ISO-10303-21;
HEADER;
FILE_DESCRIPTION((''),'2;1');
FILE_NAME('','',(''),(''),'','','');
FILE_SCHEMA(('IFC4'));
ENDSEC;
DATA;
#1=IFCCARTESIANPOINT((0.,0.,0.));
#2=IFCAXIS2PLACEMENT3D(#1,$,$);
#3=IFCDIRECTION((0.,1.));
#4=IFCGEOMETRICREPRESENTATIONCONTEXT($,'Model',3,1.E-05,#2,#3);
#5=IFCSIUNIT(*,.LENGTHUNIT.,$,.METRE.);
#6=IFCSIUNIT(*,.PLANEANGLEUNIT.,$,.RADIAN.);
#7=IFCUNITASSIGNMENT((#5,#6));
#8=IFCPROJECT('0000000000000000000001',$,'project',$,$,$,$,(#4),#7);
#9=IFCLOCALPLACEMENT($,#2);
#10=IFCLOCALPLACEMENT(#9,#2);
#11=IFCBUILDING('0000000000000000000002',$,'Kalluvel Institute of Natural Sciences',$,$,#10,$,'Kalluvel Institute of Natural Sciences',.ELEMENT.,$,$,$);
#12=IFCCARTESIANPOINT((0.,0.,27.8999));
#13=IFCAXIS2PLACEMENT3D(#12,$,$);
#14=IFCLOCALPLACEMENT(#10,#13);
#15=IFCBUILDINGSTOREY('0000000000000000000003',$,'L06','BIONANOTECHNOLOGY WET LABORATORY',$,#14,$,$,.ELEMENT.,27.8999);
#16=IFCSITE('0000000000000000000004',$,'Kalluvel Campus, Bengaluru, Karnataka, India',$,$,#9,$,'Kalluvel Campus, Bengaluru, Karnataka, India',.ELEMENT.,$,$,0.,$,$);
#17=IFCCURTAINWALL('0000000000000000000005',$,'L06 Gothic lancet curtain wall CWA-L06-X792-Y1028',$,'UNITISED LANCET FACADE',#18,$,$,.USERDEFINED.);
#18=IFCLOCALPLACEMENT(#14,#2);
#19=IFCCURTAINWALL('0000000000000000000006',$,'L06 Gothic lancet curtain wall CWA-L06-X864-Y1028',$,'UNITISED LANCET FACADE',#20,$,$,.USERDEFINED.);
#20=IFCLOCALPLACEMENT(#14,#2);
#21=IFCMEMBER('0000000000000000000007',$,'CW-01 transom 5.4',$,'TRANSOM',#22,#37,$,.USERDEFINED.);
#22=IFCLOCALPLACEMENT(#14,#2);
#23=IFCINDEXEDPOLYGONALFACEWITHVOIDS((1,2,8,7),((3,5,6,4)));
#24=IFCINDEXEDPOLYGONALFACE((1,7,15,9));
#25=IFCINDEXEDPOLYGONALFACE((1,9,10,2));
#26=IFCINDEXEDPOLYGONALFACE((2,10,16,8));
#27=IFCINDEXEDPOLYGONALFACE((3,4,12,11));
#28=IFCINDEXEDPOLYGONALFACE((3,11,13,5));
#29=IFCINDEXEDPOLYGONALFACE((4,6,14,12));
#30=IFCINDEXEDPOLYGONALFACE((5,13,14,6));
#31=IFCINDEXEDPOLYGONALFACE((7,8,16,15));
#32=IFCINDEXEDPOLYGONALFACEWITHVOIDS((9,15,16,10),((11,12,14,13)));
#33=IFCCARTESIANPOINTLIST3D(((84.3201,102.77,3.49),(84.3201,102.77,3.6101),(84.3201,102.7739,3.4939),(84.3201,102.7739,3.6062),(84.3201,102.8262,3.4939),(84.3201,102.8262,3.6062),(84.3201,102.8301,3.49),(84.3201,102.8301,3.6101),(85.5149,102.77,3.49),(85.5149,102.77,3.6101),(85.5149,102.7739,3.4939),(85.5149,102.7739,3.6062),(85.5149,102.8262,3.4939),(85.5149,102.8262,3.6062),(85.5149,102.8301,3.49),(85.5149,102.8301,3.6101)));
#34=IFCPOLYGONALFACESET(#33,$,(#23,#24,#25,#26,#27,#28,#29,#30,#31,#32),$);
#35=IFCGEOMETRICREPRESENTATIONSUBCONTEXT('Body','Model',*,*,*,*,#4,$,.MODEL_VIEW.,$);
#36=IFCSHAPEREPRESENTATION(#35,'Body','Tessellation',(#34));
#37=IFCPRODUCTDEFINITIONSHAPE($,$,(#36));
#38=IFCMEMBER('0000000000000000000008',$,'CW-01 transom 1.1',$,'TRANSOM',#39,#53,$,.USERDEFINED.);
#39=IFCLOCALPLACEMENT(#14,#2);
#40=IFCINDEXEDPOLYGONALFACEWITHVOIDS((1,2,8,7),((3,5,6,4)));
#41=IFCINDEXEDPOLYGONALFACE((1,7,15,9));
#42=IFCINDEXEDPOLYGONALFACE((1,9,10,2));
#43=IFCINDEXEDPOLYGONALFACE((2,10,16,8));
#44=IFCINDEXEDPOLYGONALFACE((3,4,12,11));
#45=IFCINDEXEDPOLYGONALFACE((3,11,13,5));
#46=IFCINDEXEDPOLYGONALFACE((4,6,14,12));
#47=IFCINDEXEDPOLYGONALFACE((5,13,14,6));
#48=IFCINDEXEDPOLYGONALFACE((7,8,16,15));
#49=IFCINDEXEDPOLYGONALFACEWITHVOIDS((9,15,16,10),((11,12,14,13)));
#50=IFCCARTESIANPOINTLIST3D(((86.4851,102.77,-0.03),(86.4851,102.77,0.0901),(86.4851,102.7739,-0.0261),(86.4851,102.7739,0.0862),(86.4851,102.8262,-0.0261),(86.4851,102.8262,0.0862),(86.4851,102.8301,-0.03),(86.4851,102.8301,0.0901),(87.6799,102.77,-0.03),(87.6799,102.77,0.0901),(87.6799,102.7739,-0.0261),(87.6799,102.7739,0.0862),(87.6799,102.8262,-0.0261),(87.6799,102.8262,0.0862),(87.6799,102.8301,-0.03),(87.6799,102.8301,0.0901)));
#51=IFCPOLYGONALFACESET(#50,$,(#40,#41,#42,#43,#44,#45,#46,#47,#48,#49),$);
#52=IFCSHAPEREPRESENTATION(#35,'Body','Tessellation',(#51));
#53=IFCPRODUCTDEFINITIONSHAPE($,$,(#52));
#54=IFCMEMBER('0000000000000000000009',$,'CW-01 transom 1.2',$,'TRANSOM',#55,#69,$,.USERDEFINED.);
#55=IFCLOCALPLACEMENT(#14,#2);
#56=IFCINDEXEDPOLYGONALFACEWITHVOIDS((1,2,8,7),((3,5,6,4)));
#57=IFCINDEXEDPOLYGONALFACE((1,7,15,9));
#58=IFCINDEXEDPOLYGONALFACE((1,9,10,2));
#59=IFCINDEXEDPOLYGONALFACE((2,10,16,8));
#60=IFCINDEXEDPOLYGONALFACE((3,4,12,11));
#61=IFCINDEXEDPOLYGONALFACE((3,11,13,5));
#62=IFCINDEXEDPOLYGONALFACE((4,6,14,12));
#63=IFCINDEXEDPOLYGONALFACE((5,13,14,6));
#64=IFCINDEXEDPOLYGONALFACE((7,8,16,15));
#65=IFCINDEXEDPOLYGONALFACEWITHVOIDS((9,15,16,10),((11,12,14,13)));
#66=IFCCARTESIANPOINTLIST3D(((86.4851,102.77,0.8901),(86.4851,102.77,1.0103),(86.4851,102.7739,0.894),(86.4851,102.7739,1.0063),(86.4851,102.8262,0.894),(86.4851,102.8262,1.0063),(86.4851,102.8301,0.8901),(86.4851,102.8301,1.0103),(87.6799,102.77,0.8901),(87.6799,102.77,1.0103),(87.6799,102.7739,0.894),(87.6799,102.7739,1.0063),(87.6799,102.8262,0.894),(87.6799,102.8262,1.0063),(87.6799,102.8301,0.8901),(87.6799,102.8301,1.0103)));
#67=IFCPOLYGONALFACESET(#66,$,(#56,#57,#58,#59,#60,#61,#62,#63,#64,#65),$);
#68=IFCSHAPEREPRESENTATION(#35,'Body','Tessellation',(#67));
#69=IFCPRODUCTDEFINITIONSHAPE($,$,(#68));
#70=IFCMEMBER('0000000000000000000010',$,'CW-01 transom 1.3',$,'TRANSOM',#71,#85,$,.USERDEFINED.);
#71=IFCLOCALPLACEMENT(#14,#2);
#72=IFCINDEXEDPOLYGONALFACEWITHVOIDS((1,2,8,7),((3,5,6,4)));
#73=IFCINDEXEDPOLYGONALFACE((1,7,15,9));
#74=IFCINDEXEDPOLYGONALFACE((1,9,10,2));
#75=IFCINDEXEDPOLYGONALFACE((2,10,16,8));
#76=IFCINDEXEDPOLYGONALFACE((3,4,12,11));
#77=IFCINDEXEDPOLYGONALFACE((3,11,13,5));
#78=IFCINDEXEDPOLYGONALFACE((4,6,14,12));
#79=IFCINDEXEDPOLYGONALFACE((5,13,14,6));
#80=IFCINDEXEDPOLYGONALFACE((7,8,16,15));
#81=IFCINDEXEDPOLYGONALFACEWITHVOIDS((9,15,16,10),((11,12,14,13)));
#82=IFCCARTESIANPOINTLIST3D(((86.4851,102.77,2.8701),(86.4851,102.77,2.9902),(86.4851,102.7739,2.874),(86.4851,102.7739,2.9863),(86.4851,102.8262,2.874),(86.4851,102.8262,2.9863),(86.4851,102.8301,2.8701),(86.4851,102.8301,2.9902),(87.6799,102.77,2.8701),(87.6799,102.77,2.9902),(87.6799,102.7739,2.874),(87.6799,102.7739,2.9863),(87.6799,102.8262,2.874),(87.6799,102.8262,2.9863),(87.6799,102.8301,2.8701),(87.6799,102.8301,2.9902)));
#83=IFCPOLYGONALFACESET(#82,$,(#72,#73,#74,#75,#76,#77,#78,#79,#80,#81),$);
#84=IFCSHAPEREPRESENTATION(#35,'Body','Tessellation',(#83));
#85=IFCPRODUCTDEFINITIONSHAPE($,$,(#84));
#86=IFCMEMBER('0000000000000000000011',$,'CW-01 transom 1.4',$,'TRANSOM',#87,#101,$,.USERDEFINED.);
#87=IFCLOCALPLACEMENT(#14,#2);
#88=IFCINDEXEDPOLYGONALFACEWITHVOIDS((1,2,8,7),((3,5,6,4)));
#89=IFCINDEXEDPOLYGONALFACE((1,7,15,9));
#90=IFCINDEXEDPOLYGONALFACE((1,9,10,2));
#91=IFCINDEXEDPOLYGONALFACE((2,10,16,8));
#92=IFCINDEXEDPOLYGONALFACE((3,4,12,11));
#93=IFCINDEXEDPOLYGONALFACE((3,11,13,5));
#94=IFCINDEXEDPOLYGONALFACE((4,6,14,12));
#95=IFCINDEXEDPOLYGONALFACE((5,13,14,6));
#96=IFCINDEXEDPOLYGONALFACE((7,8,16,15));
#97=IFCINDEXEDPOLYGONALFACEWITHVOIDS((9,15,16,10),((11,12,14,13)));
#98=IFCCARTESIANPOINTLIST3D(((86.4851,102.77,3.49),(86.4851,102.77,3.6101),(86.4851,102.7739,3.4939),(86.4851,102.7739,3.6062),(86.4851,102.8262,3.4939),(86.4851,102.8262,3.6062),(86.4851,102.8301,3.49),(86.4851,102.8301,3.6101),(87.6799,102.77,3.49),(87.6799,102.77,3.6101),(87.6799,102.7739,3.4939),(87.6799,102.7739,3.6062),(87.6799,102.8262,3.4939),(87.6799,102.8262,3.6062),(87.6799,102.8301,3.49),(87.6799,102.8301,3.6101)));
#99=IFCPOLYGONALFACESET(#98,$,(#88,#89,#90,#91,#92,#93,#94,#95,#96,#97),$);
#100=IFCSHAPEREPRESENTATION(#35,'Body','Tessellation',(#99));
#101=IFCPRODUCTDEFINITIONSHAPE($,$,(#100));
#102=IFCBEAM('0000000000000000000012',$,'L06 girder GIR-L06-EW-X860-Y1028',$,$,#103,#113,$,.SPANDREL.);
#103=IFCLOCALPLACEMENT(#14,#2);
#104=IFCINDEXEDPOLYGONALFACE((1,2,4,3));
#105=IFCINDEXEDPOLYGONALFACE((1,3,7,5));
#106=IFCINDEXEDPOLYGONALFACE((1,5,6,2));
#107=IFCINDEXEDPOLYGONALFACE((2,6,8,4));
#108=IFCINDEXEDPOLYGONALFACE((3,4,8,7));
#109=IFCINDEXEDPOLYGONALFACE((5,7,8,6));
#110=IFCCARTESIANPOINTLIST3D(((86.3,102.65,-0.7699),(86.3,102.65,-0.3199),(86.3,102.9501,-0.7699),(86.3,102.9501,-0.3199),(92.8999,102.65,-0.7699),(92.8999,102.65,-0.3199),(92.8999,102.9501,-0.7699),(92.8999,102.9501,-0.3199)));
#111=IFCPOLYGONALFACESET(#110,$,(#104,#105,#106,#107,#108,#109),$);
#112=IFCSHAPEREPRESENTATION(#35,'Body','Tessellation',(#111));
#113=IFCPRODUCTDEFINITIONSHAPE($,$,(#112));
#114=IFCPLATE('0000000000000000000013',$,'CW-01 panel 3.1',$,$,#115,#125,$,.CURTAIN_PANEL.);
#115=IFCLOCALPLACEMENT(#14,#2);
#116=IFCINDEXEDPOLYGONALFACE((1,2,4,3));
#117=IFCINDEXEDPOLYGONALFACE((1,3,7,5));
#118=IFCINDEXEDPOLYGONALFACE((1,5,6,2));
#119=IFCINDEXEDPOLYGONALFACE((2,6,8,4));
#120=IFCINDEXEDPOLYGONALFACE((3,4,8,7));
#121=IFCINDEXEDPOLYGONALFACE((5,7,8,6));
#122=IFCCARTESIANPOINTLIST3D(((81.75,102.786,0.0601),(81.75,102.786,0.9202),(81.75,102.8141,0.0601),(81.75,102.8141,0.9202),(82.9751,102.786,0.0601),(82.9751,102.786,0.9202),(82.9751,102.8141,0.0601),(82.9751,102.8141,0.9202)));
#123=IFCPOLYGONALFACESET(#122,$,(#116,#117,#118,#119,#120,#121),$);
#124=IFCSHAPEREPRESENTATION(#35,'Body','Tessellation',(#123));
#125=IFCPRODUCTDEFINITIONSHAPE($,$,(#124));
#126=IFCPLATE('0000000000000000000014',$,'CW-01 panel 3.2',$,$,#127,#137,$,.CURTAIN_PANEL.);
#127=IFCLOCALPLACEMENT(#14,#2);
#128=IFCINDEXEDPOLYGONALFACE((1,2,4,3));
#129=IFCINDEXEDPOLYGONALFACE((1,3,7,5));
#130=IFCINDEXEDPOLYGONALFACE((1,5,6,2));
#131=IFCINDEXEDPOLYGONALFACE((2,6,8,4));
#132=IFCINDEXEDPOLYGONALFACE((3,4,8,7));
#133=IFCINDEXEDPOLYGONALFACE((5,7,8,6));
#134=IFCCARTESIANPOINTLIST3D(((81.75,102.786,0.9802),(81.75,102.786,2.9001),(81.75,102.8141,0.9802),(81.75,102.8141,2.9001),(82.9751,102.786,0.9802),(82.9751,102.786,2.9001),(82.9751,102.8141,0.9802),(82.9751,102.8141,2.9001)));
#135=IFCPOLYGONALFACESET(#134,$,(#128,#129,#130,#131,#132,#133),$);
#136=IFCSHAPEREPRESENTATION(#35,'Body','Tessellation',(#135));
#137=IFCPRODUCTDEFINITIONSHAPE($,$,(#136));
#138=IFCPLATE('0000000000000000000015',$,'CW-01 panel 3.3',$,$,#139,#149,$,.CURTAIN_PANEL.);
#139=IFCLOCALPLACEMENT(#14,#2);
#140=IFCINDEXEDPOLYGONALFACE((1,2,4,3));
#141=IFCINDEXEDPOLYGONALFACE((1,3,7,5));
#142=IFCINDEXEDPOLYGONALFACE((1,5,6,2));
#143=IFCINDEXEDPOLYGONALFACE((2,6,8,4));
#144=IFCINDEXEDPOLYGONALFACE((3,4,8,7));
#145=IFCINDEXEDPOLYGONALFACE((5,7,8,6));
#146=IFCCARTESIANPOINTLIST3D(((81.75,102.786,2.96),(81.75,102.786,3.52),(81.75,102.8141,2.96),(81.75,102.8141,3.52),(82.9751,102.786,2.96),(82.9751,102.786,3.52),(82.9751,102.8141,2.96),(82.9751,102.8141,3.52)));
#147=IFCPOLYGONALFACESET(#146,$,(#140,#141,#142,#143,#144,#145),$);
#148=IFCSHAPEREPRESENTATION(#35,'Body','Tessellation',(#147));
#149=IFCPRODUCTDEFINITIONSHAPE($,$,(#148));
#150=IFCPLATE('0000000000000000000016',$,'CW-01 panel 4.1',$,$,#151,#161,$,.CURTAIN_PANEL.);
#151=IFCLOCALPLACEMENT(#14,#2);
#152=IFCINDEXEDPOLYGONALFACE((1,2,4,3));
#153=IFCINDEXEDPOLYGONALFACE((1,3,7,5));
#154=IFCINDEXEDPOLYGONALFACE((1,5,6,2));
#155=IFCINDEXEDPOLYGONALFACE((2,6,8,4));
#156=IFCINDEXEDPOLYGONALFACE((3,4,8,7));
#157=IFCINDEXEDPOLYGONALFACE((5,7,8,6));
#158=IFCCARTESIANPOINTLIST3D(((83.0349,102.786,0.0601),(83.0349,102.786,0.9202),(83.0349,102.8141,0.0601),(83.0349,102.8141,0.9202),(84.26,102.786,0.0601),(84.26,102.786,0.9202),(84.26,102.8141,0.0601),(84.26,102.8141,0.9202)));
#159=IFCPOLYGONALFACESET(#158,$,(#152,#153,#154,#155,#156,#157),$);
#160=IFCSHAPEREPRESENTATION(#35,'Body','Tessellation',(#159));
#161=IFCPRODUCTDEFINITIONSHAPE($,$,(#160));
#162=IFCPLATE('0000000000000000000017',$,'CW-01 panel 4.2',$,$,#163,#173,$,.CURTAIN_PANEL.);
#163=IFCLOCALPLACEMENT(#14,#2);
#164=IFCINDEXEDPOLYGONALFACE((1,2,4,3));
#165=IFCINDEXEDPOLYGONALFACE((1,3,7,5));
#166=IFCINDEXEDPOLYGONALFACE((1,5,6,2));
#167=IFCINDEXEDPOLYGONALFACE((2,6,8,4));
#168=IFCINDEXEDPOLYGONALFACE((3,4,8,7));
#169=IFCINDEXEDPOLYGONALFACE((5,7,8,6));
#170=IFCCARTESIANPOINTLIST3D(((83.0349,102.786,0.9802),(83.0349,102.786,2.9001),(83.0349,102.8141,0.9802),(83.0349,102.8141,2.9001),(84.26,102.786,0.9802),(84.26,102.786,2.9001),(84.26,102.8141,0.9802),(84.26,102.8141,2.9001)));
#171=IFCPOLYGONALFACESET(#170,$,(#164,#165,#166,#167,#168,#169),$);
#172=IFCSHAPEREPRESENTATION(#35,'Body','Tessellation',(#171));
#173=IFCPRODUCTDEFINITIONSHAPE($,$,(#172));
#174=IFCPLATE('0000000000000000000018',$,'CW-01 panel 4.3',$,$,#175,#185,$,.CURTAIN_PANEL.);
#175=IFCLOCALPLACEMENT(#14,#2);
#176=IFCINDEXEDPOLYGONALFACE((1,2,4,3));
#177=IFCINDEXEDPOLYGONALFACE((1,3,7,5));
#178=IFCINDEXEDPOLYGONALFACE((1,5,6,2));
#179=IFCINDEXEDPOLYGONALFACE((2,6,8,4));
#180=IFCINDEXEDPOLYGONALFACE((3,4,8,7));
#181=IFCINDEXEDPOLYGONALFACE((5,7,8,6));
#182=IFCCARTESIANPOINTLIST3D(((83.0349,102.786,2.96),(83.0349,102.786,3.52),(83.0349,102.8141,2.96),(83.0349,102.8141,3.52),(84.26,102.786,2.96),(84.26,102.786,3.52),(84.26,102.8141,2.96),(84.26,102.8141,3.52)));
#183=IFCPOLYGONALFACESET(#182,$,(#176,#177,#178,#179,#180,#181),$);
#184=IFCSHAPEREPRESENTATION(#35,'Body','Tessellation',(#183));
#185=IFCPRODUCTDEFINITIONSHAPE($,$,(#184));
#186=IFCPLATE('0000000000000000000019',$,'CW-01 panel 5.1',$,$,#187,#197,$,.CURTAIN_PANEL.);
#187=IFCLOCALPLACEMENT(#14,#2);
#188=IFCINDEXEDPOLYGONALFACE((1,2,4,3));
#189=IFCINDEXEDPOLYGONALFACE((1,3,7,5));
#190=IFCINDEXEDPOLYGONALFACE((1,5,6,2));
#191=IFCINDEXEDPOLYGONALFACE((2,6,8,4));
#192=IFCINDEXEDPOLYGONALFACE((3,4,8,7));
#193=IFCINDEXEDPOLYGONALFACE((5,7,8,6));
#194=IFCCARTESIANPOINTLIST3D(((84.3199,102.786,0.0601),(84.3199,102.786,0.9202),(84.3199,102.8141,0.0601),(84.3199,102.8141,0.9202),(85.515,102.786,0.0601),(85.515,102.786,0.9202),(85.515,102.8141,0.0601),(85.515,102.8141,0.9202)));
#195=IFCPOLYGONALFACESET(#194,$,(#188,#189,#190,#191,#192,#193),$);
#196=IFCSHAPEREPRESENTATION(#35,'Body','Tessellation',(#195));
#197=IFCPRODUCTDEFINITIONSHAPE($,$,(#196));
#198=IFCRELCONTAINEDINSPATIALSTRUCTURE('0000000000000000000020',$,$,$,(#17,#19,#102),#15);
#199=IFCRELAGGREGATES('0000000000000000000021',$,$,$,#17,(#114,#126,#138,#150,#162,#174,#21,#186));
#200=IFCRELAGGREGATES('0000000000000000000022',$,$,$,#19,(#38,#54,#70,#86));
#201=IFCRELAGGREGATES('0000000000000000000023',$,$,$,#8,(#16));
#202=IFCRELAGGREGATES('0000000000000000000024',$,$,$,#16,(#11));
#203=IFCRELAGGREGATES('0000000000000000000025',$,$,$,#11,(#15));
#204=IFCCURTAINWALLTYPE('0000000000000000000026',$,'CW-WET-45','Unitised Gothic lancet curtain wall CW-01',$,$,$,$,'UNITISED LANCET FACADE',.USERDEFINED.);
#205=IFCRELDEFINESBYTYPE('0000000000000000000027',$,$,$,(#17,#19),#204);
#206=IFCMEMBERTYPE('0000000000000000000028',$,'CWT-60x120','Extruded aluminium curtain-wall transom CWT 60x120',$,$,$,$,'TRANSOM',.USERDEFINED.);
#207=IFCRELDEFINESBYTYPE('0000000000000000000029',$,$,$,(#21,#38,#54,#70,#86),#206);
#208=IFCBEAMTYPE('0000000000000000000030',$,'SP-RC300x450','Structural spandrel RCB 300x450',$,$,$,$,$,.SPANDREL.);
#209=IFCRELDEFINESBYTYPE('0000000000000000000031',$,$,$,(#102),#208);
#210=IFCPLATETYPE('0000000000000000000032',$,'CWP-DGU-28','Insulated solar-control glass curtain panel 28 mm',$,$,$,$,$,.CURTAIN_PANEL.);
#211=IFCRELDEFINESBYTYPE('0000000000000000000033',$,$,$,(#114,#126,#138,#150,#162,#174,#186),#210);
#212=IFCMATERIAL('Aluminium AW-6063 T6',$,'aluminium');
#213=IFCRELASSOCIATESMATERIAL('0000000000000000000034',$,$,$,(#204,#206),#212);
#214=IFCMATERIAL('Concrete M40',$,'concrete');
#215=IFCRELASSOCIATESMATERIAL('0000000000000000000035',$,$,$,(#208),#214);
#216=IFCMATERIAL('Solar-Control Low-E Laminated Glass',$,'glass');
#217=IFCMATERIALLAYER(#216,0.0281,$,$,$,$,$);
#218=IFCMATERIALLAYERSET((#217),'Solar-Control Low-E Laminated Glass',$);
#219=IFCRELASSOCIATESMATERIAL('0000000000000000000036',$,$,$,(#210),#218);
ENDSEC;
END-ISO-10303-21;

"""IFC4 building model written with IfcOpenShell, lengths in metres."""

from ifc_helpers import new_model, si_unit, direction, frame, origin, origin_2d, place, context, subcontext, project, spatial, rectangle, hollow_rectangle, extrude, material, layer, layer_set, material_profile, profile_set, type_object, element, aggregate, save


model = new_model("IFC4")

# Units and contexts
model_context = context("Model", 3, precision=1e-05, world=origin(), true_north=direction((0.0, 1.0)))
body_context = subcontext(model_context, "Body", "Model", "MODEL_VIEW")
ifc_project = project(units=[si_unit("LENGTHUNIT", "METRE"), si_unit("PLANEANGLEUNIT", "RADIAN")], contexts=[model_context])

# Site, building, storey
site_placement = place(None, origin())
site = spatial("IfcSite", under=ifc_project, at=site_placement, Name="Kalluvel Campus, Bengaluru, Karnataka, India", LongName="Kalluvel Campus, Bengaluru, Karnataka, India", CompositionType="ELEMENT", RefElevation=0.0)
building_placement = place(site_placement, origin())
building = spatial("IfcBuilding", under=site, at=building_placement, Name="Kalluvel Institute of Natural Sciences", LongName="Kalluvel Institute of Natural Sciences", CompositionType="ELEMENT")
storey_placement = place(building_placement, frame((0.0, 0.0, 27.8999)))
storey = spatial("IfcBuildingStorey", under=building, at=storey_placement, Name="L06", Description="BIONANOTECHNOLOGY WET LABORATORY", CompositionType="ELEMENT", Elevation=27.8999)

# Curtain wall
ifc_material_1 = material(Name="Aluminium AW-6063 T6", Category="aluminium")
curtain_wall_type = type_object("IfcCurtainWallType", Name="CW-WET-45", Description="Unitised Gothic lancet curtain wall CW-01", ElementType="UNITISED LANCET FACADE", PredefinedType="USERDEFINED", material=ifc_material_1)
curtain_wall_1_placement = place(storey_placement, origin())
curtain_wall_1 = element("IfcCurtainWall", 1, at=curtain_wall_1_placement, inside=storey, type_object=curtain_wall_type, Name="L06 Gothic lancet curtain wall CWA-L06-X792-Y1028", ObjectType="UNITISED LANCET FACADE", PredefinedType="USERDEFINED")

# Curtain wall
curtain_wall_2_placement = place(storey_placement, origin())
curtain_wall_2 = element("IfcCurtainWall", 2, at=curtain_wall_2_placement, inside=storey, type_object=curtain_wall_type, Name="L06 Gothic lancet curtain wall CWA-L06-X864-Y1028", ObjectType="UNITISED LANCET FACADE", PredefinedType="USERDEFINED")

# Members
ifc_material_profile_1 = material_profile(ifc_material_1, hollow_rectangle(XDim=0.0601, YDim=0.1201, WallThickness=0.0039, at=origin_2d()), Name="CWT 60x120")
ifc_profile_set_1 = profile_set([ifc_material_profile_1], Name="Aluminium AW-6063 T6")
member_type_1 = type_object("IfcMemberType", Name="CWT-60x120", Description="Extruded aluminium curtain-wall transom CWT 60x120", ElementType="TRANSOM", PredefinedType="USERDEFINED", material=ifc_profile_set_1)
member_1_placement = place(storey_placement, frame((84.3201, 102.8, 3.55), z_axis=(1.0, 0.0, 0.0), x_axis=(0.0, 1.0, 0.0)))
member_1 = element("IfcMember", 3, at=member_1_placement, type_object=member_type_1, Name="CW-01 transom 5.4", ObjectType="TRANSOM", PredefinedType="USERDEFINED", context=body_context, shape_type="SweptSolid", body=[
    extrude(hollow_rectangle(XDim=0.0601, YDim=0.1201, WallThickness=0.0039, at=origin_2d()), origin(), (0.0, 0.0, 1.0), 1.1948),
])
member_2_placement = place(storey_placement, frame((86.4851, 102.8, 0.03), z_axis=(1.0, 0.0, 0.0), x_axis=(0.0, 1.0, 0.0)))
member_2 = element("IfcMember", 4, at=member_2_placement, type_object=member_type_1, Name="CW-01 transom 1.1", ObjectType="TRANSOM", PredefinedType="USERDEFINED", context=body_context, shape_type="SweptSolid", body=[
    extrude(hollow_rectangle(XDim=0.0601, YDim=0.1201, WallThickness=0.0039, at=origin_2d()), origin(), (0.0, 0.0, 1.0), 1.1948),
])
member_3_placement = place(storey_placement, frame((86.4851, 102.8, 0.9502), z_axis=(1.0, 0.0, 0.0), x_axis=(0.0, 1.0, 0.0)))
member_3 = element("IfcMember", 5, at=member_3_placement, type_object=member_type_1, Name="CW-01 transom 1.2", ObjectType="TRANSOM", PredefinedType="USERDEFINED", context=body_context, shape_type="SweptSolid", body=[
    extrude(hollow_rectangle(XDim=0.0601, YDim=0.1201, WallThickness=0.0039, at=origin_2d()), origin(), (0.0, 0.0, 1.0), 1.1948),
])
member_4_placement = place(storey_placement, frame((86.4851, 102.8, 2.9302), z_axis=(1.0, 0.0, 0.0), x_axis=(0.0, 1.0, 0.0)))
member_4 = element("IfcMember", 6, at=member_4_placement, type_object=member_type_1, Name="CW-01 transom 1.3", ObjectType="TRANSOM", PredefinedType="USERDEFINED", context=body_context, shape_type="SweptSolid", body=[
    extrude(hollow_rectangle(XDim=0.0601, YDim=0.1201, WallThickness=0.0039, at=origin_2d()), origin(), (0.0, 0.0, 1.0), 1.1948),
])
member_5_placement = place(storey_placement, frame((86.4851, 102.8, 3.55), z_axis=(1.0, 0.0, 0.0), x_axis=(0.0, 1.0, 0.0)))
member_5 = element("IfcMember", 7, at=member_5_placement, type_object=member_type_1, Name="CW-01 transom 1.4", ObjectType="TRANSOM", PredefinedType="USERDEFINED", context=body_context, shape_type="SweptSolid", body=[
    extrude(hollow_rectangle(XDim=0.0601, YDim=0.1201, WallThickness=0.0039, at=origin_2d()), origin(), (0.0, 0.0, 1.0), 1.1948),
])

# Beam
ifc_material_2 = material(Name="Concrete M40", Category="concrete")
ifc_material_profile_2 = material_profile(ifc_material_2, rectangle(XDim=0.3, YDim=0.45, at=origin_2d()), Name="RCB 300x450")
ifc_profile_set_2 = profile_set([ifc_material_profile_2], Name="Concrete M40")
beam_type = type_object("IfcBeamType", Name="SP-RC300x450", Description="Structural spandrel RCB 300x450", PredefinedType="SPANDREL", material=ifc_profile_set_2)
beam_placement = place(storey_placement, frame((86.3, 102.8, -0.5449), z_axis=(1.0, 0.0, 0.0), x_axis=(0.0, 1.0, 0.0)))
element("IfcBeam", 8, at=beam_placement, inside=storey, type_object=beam_type, Name="L06 girder GIR-L06-EW-X860-Y1028", PredefinedType="SPANDREL", context=body_context, shape_type="SweptSolid", body=[
    extrude(rectangle(XDim=0.3, YDim=0.45, at=origin_2d()), origin(), (0.0, 0.0, 1.0), 6.5999),
])

# Plates
ifc_material_3 = material(Name="Solar-Control Low-E Laminated Glass", Category="glass")
ifc_layer = layer(ifc_material_3, 0.0281)
ifc_layer_set = layer_set([ifc_layer], Name="Solar-Control Low-E Laminated Glass")
plate_type = type_object("IfcPlateType", Name="CWP-DGU-28", Description="Insulated solar-control glass curtain panel 28 mm", PredefinedType="CURTAIN_PANEL", material=ifc_layer_set)
plate_1_placement = place(storey_placement, frame((82.3625, 102.8, 0.0601), z_axis=(0.0, 0.0, 1.0), x_axis=(1.0, 0.0, 0.0)))
plate_1 = element("IfcPlate", 9, at=plate_1_placement, type_object=plate_type, Name="CW-01 panel 3.1", PredefinedType="CURTAIN_PANEL", context=body_context, shape_type="SweptSolid", body=[
    extrude(rectangle(XDim=1.2251, YDim=0.0281, at=origin_2d()), origin(), (0.0, 0.0, 1.0), 0.8601),
])
plate_2_placement = place(storey_placement, frame((82.3625, 102.8, 0.9802), z_axis=(0.0, 0.0, 1.0), x_axis=(1.0, 0.0, 0.0)))
plate_2 = element("IfcPlate", 10, at=plate_2_placement, type_object=plate_type, Name="CW-01 panel 3.2", PredefinedType="CURTAIN_PANEL", context=body_context, shape_type="SweptSolid", body=[
    extrude(rectangle(XDim=1.2251, YDim=0.0281, at=origin_2d()), origin(), (0.0, 0.0, 1.0), 1.9199),
])
plate_3_placement = place(storey_placement, frame((82.3625, 102.8, 2.96), z_axis=(0.0, 0.0, 1.0), x_axis=(1.0, 0.0, 0.0)))
plate_3 = element("IfcPlate", 11, at=plate_3_placement, type_object=plate_type, Name="CW-01 panel 3.3", PredefinedType="CURTAIN_PANEL", context=body_context, shape_type="SweptSolid", body=[
    extrude(rectangle(XDim=1.2251, YDim=0.0281, at=origin_2d()), origin(), (0.0, 0.0, 1.0), 0.5601),
])
plate_4_placement = place(storey_placement, frame((83.6475, 102.8, 0.0601), z_axis=(0.0, 0.0, 1.0), x_axis=(1.0, 0.0, 0.0)))
plate_4 = element("IfcPlate", 12, at=plate_4_placement, type_object=plate_type, Name="CW-01 panel 4.1", PredefinedType="CURTAIN_PANEL", context=body_context, shape_type="SweptSolid", body=[
    extrude(rectangle(XDim=1.2251, YDim=0.0281, at=origin_2d()), origin(), (0.0, 0.0, 1.0), 0.8601),
])
plate_5_placement = place(storey_placement, frame((83.6475, 102.8, 0.9802), z_axis=(0.0, 0.0, 1.0), x_axis=(1.0, 0.0, 0.0)))
plate_5 = element("IfcPlate", 13, at=plate_5_placement, type_object=plate_type, Name="CW-01 panel 4.2", PredefinedType="CURTAIN_PANEL", context=body_context, shape_type="SweptSolid", body=[
    extrude(rectangle(XDim=1.2251, YDim=0.0281, at=origin_2d()), origin(), (0.0, 0.0, 1.0), 1.9199),
])
plate_6_placement = place(storey_placement, frame((83.6475, 102.8, 2.96), z_axis=(0.0, 0.0, 1.0), x_axis=(1.0, 0.0, 0.0)))
plate_6 = element("IfcPlate", 14, at=plate_6_placement, type_object=plate_type, Name="CW-01 panel 4.3", PredefinedType="CURTAIN_PANEL", context=body_context, shape_type="SweptSolid", body=[
    extrude(rectangle(XDim=1.2251, YDim=0.0281, at=origin_2d()), origin(), (0.0, 0.0, 1.0), 0.5601),
])
plate_7_placement = place(storey_placement, frame((84.9175, 102.8, 0.0601), z_axis=(0.0, 0.0, 1.0), x_axis=(1.0, 0.0, 0.0)))
plate_7 = element("IfcPlate", 15, at=plate_7_placement, type_object=plate_type, Name="CW-01 panel 5.1", PredefinedType="CURTAIN_PANEL", context=body_context, shape_type="SweptSolid", body=[
    extrude(rectangle(XDim=1.1951, YDim=0.0281, at=origin_2d()), origin(), (0.0, 0.0, 1.0), 0.8601),
])
aggregate(curtain_wall_1, [plate_1, plate_2, plate_3, plate_4, plate_5, plate_6, member_1, plate_7])
aggregate(curtain_wall_2, [member_2, member_3, member_4, member_5])

save(model, "model.ifc")
